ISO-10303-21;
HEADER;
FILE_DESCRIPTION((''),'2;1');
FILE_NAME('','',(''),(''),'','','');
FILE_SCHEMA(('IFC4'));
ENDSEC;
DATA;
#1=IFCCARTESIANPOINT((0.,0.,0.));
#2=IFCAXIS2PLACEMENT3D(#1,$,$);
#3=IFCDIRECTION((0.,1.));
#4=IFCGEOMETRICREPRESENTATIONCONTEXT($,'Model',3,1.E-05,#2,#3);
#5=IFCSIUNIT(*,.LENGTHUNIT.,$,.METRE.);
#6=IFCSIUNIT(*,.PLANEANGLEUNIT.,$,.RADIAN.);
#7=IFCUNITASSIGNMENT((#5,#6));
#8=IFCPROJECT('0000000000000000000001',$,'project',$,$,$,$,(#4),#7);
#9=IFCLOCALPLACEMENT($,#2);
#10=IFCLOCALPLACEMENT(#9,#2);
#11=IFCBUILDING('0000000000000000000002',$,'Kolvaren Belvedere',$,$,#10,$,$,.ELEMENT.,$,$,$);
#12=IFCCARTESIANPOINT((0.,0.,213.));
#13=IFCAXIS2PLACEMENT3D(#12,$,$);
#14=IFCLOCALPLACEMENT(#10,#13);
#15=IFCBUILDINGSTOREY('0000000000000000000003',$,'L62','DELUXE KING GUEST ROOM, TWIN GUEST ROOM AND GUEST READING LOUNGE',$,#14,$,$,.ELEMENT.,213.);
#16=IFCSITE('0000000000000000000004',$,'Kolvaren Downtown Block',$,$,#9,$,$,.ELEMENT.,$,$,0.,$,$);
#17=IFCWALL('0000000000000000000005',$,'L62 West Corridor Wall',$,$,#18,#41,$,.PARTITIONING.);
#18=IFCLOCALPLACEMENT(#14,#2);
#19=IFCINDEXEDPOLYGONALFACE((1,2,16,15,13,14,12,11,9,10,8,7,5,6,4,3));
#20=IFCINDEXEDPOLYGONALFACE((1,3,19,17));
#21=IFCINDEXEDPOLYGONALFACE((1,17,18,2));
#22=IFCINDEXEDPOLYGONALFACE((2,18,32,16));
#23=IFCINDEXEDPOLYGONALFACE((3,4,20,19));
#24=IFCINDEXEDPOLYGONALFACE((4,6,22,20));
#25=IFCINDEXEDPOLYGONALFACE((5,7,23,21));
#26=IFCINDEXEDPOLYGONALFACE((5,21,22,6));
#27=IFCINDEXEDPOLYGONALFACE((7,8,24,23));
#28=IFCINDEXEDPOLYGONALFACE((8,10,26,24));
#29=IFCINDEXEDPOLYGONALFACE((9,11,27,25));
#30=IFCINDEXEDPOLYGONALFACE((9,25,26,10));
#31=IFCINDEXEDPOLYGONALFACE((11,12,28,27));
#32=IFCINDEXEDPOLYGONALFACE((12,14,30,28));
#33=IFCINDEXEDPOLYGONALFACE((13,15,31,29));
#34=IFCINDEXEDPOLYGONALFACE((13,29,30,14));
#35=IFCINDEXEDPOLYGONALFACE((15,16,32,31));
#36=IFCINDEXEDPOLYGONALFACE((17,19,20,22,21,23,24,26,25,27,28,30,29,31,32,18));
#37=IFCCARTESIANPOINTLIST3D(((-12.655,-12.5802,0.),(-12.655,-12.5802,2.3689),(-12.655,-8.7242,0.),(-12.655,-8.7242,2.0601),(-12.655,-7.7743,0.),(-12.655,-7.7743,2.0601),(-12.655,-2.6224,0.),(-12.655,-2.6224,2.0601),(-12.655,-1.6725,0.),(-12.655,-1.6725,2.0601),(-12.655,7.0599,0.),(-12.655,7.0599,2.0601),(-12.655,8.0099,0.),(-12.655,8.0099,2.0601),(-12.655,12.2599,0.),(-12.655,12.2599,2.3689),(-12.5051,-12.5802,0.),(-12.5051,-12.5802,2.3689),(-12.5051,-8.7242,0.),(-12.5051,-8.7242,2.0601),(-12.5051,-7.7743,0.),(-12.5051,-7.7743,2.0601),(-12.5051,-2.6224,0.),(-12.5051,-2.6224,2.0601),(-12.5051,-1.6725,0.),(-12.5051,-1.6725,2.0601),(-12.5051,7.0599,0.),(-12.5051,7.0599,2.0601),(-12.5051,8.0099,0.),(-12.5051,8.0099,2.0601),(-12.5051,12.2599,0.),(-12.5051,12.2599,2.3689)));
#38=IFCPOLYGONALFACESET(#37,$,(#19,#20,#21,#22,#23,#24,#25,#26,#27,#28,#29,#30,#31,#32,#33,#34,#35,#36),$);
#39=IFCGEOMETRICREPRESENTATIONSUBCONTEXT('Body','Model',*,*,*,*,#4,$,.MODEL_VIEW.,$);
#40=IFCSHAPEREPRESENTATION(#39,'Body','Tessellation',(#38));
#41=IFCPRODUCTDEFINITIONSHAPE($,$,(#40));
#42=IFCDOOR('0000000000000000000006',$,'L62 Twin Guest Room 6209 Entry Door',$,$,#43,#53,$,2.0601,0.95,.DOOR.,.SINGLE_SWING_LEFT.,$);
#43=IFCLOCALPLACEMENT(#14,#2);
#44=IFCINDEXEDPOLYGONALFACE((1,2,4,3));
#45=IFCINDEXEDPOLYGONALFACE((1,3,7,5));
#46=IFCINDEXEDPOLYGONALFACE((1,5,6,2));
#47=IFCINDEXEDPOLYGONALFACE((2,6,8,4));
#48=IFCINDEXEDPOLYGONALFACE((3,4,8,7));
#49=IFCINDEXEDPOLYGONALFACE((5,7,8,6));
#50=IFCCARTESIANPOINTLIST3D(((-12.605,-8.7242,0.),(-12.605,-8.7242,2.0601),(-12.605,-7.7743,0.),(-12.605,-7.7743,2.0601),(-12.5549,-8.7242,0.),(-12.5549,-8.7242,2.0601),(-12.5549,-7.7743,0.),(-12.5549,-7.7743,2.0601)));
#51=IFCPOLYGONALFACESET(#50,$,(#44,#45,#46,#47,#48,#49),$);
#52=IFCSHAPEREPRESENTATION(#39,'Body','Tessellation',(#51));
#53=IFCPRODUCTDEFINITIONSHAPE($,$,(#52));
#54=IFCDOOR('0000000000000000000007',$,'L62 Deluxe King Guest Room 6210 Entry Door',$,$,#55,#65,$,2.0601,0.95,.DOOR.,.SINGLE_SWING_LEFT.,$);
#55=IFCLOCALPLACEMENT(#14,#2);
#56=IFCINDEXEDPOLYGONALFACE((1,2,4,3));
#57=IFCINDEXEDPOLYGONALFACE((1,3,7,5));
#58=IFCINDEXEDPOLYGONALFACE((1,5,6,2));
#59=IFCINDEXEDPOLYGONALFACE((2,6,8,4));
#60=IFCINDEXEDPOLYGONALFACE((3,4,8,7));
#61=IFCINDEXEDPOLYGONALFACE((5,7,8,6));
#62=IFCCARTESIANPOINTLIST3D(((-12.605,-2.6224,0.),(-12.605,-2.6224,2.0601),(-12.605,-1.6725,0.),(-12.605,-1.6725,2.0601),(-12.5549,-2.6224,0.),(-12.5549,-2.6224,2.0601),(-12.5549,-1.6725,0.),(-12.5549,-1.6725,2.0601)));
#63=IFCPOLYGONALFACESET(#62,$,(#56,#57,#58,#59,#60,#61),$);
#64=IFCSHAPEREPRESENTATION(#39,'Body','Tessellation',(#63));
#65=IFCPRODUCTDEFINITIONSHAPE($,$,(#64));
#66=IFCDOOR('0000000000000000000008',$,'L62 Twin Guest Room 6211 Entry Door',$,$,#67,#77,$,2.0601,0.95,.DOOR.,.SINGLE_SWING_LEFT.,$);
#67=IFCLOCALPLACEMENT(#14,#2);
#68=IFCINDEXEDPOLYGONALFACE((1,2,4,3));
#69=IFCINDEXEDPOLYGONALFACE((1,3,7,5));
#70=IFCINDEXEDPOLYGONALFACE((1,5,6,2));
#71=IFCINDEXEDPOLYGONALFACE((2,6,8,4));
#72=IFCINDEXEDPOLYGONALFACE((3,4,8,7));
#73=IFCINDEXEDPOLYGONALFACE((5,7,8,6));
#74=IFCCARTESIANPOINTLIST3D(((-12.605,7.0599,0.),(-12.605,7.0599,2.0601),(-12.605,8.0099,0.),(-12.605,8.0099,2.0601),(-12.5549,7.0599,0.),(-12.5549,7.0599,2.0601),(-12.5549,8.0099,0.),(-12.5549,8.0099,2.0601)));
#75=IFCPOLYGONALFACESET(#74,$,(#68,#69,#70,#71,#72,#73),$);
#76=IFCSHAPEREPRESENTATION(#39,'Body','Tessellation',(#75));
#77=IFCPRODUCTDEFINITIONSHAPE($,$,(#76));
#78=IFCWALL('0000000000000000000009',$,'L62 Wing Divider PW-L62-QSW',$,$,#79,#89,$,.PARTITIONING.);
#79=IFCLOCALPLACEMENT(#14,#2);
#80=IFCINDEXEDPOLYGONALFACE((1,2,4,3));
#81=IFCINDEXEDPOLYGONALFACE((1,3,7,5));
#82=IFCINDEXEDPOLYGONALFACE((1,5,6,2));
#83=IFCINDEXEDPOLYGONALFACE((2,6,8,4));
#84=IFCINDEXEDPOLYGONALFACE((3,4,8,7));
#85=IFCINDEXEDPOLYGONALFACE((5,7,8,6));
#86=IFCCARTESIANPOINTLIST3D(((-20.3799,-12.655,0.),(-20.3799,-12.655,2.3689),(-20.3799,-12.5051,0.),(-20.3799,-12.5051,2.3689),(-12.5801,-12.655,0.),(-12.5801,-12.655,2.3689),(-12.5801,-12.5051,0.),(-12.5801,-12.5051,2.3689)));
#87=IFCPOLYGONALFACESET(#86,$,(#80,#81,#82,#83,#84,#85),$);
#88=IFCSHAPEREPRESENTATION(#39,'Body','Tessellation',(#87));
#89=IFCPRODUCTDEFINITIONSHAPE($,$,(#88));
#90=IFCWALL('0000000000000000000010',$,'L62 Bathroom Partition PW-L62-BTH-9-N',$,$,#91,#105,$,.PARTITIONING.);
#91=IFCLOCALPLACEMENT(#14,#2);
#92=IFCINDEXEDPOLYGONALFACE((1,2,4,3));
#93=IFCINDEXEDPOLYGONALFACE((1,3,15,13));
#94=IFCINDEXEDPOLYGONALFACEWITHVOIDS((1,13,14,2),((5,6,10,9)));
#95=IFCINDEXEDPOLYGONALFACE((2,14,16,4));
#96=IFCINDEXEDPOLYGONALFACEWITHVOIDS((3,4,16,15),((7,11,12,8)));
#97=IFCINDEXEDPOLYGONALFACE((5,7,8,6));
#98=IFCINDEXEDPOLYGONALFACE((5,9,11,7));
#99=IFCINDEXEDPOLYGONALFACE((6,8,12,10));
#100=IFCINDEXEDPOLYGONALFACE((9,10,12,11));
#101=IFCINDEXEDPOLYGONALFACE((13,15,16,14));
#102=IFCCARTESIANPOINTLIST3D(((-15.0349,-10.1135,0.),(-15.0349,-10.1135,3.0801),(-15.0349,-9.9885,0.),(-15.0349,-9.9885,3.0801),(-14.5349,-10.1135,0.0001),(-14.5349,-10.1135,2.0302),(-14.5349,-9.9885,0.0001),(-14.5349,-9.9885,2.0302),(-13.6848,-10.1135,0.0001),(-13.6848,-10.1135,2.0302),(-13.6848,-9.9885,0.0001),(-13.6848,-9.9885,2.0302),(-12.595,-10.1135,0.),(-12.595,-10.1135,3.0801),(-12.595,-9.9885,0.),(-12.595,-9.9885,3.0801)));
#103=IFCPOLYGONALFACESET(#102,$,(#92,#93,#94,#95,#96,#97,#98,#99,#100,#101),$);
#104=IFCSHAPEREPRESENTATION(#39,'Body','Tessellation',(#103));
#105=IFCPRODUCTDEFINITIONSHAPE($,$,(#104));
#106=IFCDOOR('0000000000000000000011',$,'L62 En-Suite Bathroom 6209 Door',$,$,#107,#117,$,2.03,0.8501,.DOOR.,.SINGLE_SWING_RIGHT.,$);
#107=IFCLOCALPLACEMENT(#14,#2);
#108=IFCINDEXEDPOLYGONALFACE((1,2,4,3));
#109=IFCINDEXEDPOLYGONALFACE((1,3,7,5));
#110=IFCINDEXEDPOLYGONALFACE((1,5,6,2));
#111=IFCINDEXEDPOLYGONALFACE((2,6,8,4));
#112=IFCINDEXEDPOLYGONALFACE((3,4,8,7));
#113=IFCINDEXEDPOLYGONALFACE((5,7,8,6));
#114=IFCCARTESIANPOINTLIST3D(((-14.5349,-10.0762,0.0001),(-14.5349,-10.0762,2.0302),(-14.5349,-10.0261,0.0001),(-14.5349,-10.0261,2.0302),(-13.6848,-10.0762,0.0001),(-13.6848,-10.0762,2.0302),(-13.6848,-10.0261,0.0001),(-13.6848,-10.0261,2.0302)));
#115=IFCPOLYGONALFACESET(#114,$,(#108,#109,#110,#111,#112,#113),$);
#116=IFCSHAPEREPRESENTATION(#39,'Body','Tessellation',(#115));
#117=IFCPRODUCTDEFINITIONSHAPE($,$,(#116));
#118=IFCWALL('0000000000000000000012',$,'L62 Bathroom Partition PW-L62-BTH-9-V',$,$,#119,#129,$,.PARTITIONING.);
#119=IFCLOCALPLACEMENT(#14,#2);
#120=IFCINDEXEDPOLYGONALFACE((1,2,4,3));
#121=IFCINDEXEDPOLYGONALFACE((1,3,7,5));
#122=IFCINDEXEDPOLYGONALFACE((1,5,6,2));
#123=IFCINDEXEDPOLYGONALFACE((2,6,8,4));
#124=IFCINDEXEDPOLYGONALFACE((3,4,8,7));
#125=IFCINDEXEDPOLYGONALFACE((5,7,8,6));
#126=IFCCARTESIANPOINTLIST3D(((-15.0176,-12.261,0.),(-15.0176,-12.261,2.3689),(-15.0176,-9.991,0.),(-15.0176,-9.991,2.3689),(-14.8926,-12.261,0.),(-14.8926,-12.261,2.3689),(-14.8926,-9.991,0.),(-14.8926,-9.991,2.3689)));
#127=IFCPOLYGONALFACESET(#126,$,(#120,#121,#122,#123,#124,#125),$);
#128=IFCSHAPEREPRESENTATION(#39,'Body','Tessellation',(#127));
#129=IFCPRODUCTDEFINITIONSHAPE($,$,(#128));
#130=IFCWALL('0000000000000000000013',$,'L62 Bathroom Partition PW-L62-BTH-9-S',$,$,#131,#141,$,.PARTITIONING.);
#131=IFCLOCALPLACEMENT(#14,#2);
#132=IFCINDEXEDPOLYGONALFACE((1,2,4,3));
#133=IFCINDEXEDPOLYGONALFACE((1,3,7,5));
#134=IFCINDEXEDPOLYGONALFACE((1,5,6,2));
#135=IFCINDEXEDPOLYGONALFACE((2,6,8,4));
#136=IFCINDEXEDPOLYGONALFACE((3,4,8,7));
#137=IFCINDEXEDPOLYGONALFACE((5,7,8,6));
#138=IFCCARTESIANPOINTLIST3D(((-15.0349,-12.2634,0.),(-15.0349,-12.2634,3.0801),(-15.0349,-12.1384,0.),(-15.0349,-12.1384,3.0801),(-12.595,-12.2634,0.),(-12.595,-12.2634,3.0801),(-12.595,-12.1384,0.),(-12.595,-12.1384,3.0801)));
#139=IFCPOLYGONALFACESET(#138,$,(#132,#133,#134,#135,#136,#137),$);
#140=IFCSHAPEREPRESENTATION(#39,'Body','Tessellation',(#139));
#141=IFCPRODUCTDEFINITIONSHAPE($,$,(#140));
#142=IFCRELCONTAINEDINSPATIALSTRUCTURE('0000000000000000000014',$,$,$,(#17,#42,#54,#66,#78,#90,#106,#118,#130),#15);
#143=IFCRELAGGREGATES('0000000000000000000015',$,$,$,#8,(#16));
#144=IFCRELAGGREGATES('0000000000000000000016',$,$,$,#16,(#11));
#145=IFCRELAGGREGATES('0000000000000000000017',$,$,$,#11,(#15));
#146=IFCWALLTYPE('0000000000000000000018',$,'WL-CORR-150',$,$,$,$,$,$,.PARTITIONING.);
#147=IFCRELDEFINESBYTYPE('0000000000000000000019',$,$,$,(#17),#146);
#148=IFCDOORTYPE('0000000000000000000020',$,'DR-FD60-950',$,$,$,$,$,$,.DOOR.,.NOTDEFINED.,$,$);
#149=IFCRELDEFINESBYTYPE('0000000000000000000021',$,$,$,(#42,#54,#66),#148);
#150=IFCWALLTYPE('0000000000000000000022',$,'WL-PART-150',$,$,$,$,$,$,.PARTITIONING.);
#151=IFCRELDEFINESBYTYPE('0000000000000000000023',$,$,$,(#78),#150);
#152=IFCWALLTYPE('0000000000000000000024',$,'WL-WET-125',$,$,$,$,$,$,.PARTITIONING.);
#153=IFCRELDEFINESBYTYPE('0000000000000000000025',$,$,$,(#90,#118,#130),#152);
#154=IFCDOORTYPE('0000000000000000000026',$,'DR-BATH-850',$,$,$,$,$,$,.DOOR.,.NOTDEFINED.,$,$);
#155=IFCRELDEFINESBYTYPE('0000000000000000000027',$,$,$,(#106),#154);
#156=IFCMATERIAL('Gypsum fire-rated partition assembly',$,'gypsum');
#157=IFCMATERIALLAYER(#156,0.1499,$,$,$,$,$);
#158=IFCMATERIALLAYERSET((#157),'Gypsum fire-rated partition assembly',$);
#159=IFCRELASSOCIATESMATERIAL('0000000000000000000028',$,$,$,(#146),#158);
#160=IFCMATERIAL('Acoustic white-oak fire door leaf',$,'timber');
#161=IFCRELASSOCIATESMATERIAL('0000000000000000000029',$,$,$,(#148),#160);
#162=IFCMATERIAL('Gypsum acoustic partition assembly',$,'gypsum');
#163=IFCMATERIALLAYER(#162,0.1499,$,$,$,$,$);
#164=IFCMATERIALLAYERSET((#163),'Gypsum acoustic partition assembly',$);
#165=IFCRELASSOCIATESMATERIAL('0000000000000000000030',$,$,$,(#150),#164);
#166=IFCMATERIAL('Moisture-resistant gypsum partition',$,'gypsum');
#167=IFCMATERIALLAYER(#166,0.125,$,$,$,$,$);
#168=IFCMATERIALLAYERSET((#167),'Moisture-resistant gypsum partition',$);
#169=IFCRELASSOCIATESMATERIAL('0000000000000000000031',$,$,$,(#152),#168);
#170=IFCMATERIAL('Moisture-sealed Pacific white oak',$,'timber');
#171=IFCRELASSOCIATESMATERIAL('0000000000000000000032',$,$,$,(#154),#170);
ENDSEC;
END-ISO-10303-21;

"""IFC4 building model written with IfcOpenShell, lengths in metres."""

from ifc_helpers import new_model, si_unit, direction, frame, frame_2d, origin, place, context, subcontext, project, spatial, rectangle, extrude, material, layer, layer_set, type_object, element, fill, save


model = new_model("IFC4")

# Units and contexts
model_context = context("Model", 3, precision=1e-05, world=origin(), true_north=direction((0.0, 1.0)))
body_context = subcontext(model_context, "Body", "Model", "MODEL_VIEW")
ifc_project = project(units=[si_unit("LENGTHUNIT", "METRE"), si_unit("PLANEANGLEUNIT", "RADIAN")], contexts=[model_context])

# Site, building, storey
site_placement = place(None, origin())
site = spatial("IfcSite", under=ifc_project, at=site_placement, Name="Kolvaren Downtown Block", CompositionType="ELEMENT", RefElevation=0.0)
building_placement = place(site_placement, origin())
building = spatial("IfcBuilding", under=site, at=building_placement, Name="Kolvaren Belvedere", CompositionType="ELEMENT")
storey_placement = place(building_placement, frame((0.0, 0.0, 213.0)))
storey = spatial("IfcBuildingStorey", under=building, at=storey_placement, Name="L62", Description="DELUXE KING GUEST ROOM, TWIN GUEST ROOM AND GUEST READING LOUNGE", CompositionType="ELEMENT", Elevation=213.0)

# Wall, openings, doors
ifc_material_1 = material(Name="Gypsum fire-rated partition assembly", Category="gypsum")
ifc_layer_1 = layer(ifc_material_1, 0.1499)
ifc_layer_set_1 = layer_set([ifc_layer_1], Name="Gypsum fire-rated partition assembly")
wall_type_1 = type_object("IfcWallType", Name="WL-CORR-150", PredefinedType="PARTITIONING", material=ifc_layer_set_1)
ifc_material_2 = material(Name="Acoustic white-oak fire door leaf", Category="timber")
door_type_1 = type_object("IfcDoorType", Name="DR-FD60-950", OperationType="NOTDEFINED", PredefinedType="DOOR", material=ifc_material_2)
wall_1_placement = place(storey_placement, frame((-12.5801, -12.5801, 0.0), z_axis=(0.0, 0.0, 1.0), x_axis=(0.0, 1.0, 0.0)))
wall_1 = element("IfcWall", 1, at=wall_1_placement, inside=storey, type_object=wall_type_1, Name="L62 West Corridor Wall", PredefinedType="PARTITIONING", context=body_context, shape_type="SweptSolid", body=[
    extrude(rectangle(XDim=24.8401, YDim=0.1499, at=frame_2d((12.4199, 0.0))), origin(), (0.0, 0.0, 1.0), 2.3689),
])
opening_1_placement = place(wall_1_placement, frame((3.8557, 0.0, 0.0)))
opening_1 = element("IfcOpeningElement", 2, at=opening_1_placement, cuts=wall_1, PredefinedType="OPENING", context=body_context, shape_type="SweptSolid", body=[
    extrude(rectangle(XDim=0.95, YDim=2.0601, at=frame_2d((0.4751, 1.03))), frame((0.0, 0.085, 0.0), z_axis=(0.0, -1.0, 0.0), x_axis=(1.0, 0.0, 0.0)), (0.0, 0.0, 1.0), 0.1699),
])
opening_2_placement = place(wall_1_placement, frame((9.9575, 0.0, 0.0)))
opening_2 = element("IfcOpeningElement", 3, at=opening_2_placement, cuts=wall_1, PredefinedType="OPENING", context=body_context, shape_type="SweptSolid", body=[
    extrude(rectangle(XDim=0.95, YDim=2.0601, at=frame_2d((0.4751, 1.03))), frame((0.0, 0.085, 0.0), z_axis=(0.0, -1.0, 0.0), x_axis=(1.0, 0.0, 0.0)), (0.0, 0.0, 1.0), 0.1699),
])
opening_3_placement = place(wall_1_placement, frame((19.6399, 0.0, 0.0)))
opening_3 = element("IfcOpeningElement", 4, at=opening_3_placement, cuts=wall_1, PredefinedType="OPENING", context=body_context, shape_type="SweptSolid", body=[
    extrude(rectangle(XDim=0.95, YDim=2.0601, at=frame_2d((0.4751, 1.03))), frame((0.0, 0.085, 0.0), z_axis=(0.0, -1.0, 0.0), x_axis=(1.0, 0.0, 0.0)), (0.0, 0.0, 1.0), 0.1699),
])
door_1_placement = place(opening_1_placement, origin())
door_1 = element("IfcDoor", 5, at=door_1_placement, inside=storey, type_object=door_type_1, Name="L62 Twin Guest Room 6209 Entry Door", OperationType="SINGLE_SWING_LEFT", OverallHeight=2.0601, OverallWidth=0.95, PredefinedType="DOOR", context=body_context, shape_type="SweptSolid", body=[
    extrude(rectangle(XDim=0.95, YDim=2.0601, at=frame_2d((0.4751, 1.03))), frame((0.0, 0.0249, 0.0), z_axis=(0.0, -1.0, 0.0), x_axis=(1.0, 0.0, 0.0)), (0.0, 0.0, 1.0), 0.05),
])
fill(opening_1, door_1)
door_2_placement = place(opening_2_placement, origin())
door_2 = element("IfcDoor", 6, at=door_2_placement, inside=storey, type_object=door_type_1, Name="L62 Deluxe King Guest Room 6210 Entry Door", OperationType="SINGLE_SWING_LEFT", OverallHeight=2.0601, OverallWidth=0.95, PredefinedType="DOOR", context=body_context, shape_type="SweptSolid", body=[
    extrude(rectangle(XDim=0.95, YDim=2.0601, at=frame_2d((0.4751, 1.03))), frame((0.0, 0.0249, 0.0), z_axis=(0.0, -1.0, 0.0), x_axis=(1.0, 0.0, 0.0)), (0.0, 0.0, 1.0), 0.05),
])
fill(opening_2, door_2)
door_3_placement = place(opening_3_placement, origin())
door_3 = element("IfcDoor", 7, at=door_3_placement, inside=storey, type_object=door_type_1, Name="L62 Twin Guest Room 6211 Entry Door", OperationType="SINGLE_SWING_LEFT", OverallHeight=2.0601, OverallWidth=0.95, PredefinedType="DOOR", context=body_context, shape_type="SweptSolid", body=[
    extrude(rectangle(XDim=0.95, YDim=2.0601, at=frame_2d((0.4751, 1.03))), frame((0.0, 0.0249, 0.0), z_axis=(0.0, -1.0, 0.0), x_axis=(1.0, 0.0, 0.0)), (0.0, 0.0, 1.0), 0.05),
])
fill(opening_3, door_3)

# Wall
ifc_material_3 = material(Name="Gypsum acoustic partition assembly", Category="gypsum")
ifc_layer_2 = layer(ifc_material_3, 0.1499)
ifc_layer_set_2 = layer_set([ifc_layer_2], Name="Gypsum acoustic partition assembly")
wall_type_2 = type_object("IfcWallType", Name="WL-PART-150", PredefinedType="PARTITIONING", material=ifc_layer_set_2)
wall_2_placement = place(storey_placement, frame((-20.3799, -12.5801, 0.0), z_axis=(0.0, 0.0, 1.0), x_axis=(1.0, 0.0, 0.0)))
element("IfcWall", 8, at=wall_2_placement, inside=storey, type_object=wall_type_2, Name="L62 Wing Divider PW-L62-QSW", PredefinedType="PARTITIONING", context=body_context, shape_type="SweptSolid", body=[
    extrude(rectangle(XDim=7.7998, YDim=0.1499, at=frame_2d((3.8999, 0.0))), origin(), (0.0, 0.0, 1.0), 2.3689),
])

# Wall, opening, door
ifc_material_4 = material(Name="Moisture-resistant gypsum partition", Category="gypsum")
ifc_layer_3 = layer(ifc_material_4, 0.125)
ifc_layer_set_3 = layer_set([ifc_layer_3], Name="Moisture-resistant gypsum partition")
wall_type_3 = type_object("IfcWallType", Name="WL-WET-125", PredefinedType="PARTITIONING", material=ifc_layer_set_3)
wall_3_placement = place(storey_placement, frame((-15.0349, -10.051, 0.0), z_axis=(0.0, 0.0, 1.0), x_axis=(1.0, 0.0, 0.0)))
wall_3 = element("IfcWall", 9, at=wall_3_placement, inside=storey, type_object=wall_type_3, Name="L62 Bathroom Partition PW-L62-BTH-9-N", PredefinedType="PARTITIONING", context=body_context, shape_type="SweptSolid", body=[
    extrude(rectangle(XDim=2.4399, YDim=0.125, at=frame_2d((1.22, 0.0))), origin(), (0.0, 0.0, 1.0), 3.0801),
])
opening_4_placement = place(wall_3_placement, frame((0.5, 0.0, 0.0)))
opening_4 = element("IfcOpeningElement", 10, at=opening_4_placement, cuts=wall_3, PredefinedType="OPENING", context=body_context, shape_type="SweptSolid", body=[
    extrude(rectangle(XDim=0.8501, YDim=2.03, at=frame_2d((0.425, 1.0151))), frame((0.0, 0.0725, 0.0), z_axis=(0.0, -1.0, 0.0), x_axis=(1.0, 0.0, 0.0)), (0.0, 0.0, 1.0), 0.145),
])
ifc_material_5 = material(Name="Moisture-sealed Pacific white oak", Category="timber")
door_type_2 = type_object("IfcDoorType", Name="DR-BATH-850", OperationType="NOTDEFINED", PredefinedType="DOOR", material=ifc_material_5)
door_4_placement = place(opening_4_placement, origin())
door_4 = element("IfcDoor", 11, at=door_4_placement, inside=storey, type_object=door_type_2, Name="L62 En-Suite Bathroom 6209 Door", OperationType="SINGLE_SWING_RIGHT", OverallHeight=2.03, OverallWidth=0.8501, PredefinedType="DOOR", context=body_context, shape_type="SweptSolid", body=[
    extrude(rectangle(XDim=0.8501, YDim=2.03, at=frame_2d((0.425, 1.0151))), frame((0.0, 0.0249, 0.0), z_axis=(0.0, -1.0, 0.0), x_axis=(1.0, 0.0, 0.0)), (0.0, 0.0, 1.0), 0.05),
])
fill(opening_4, door_4)

# Walls
wall_4_placement = place(storey_placement, frame((-14.9551, -12.261, 0.0), z_axis=(0.0, 0.0, 1.0), x_axis=(0.0, 1.0, 0.0)))
element("IfcWall", 12, at=wall_4_placement, inside=storey, type_object=wall_type_3, Name="L62 Bathroom Partition PW-L62-BTH-9-V", PredefinedType="PARTITIONING", context=body_context, shape_type="SweptSolid", body=[
    extrude(rectangle(XDim=2.27, YDim=0.125, at=frame_2d((1.135, 0.0))), origin(), (0.0, 0.0, 1.0), 2.3689),
])
wall_5_placement = place(storey_placement, frame((-15.0349, -12.2009, 0.0), z_axis=(0.0, 0.0, 1.0), x_axis=(1.0, 0.0, 0.0)))
element("IfcWall", 13, at=wall_5_placement, inside=storey, type_object=wall_type_3, Name="L62 Bathroom Partition PW-L62-BTH-9-S", PredefinedType="PARTITIONING", context=body_context, shape_type="SweptSolid", body=[
    extrude(rectangle(XDim=2.4399, YDim=0.125, at=frame_2d((1.22, 0.0))), origin(), (0.0, 0.0, 1.0), 3.0801),
])

save(model, "model.ifc")
